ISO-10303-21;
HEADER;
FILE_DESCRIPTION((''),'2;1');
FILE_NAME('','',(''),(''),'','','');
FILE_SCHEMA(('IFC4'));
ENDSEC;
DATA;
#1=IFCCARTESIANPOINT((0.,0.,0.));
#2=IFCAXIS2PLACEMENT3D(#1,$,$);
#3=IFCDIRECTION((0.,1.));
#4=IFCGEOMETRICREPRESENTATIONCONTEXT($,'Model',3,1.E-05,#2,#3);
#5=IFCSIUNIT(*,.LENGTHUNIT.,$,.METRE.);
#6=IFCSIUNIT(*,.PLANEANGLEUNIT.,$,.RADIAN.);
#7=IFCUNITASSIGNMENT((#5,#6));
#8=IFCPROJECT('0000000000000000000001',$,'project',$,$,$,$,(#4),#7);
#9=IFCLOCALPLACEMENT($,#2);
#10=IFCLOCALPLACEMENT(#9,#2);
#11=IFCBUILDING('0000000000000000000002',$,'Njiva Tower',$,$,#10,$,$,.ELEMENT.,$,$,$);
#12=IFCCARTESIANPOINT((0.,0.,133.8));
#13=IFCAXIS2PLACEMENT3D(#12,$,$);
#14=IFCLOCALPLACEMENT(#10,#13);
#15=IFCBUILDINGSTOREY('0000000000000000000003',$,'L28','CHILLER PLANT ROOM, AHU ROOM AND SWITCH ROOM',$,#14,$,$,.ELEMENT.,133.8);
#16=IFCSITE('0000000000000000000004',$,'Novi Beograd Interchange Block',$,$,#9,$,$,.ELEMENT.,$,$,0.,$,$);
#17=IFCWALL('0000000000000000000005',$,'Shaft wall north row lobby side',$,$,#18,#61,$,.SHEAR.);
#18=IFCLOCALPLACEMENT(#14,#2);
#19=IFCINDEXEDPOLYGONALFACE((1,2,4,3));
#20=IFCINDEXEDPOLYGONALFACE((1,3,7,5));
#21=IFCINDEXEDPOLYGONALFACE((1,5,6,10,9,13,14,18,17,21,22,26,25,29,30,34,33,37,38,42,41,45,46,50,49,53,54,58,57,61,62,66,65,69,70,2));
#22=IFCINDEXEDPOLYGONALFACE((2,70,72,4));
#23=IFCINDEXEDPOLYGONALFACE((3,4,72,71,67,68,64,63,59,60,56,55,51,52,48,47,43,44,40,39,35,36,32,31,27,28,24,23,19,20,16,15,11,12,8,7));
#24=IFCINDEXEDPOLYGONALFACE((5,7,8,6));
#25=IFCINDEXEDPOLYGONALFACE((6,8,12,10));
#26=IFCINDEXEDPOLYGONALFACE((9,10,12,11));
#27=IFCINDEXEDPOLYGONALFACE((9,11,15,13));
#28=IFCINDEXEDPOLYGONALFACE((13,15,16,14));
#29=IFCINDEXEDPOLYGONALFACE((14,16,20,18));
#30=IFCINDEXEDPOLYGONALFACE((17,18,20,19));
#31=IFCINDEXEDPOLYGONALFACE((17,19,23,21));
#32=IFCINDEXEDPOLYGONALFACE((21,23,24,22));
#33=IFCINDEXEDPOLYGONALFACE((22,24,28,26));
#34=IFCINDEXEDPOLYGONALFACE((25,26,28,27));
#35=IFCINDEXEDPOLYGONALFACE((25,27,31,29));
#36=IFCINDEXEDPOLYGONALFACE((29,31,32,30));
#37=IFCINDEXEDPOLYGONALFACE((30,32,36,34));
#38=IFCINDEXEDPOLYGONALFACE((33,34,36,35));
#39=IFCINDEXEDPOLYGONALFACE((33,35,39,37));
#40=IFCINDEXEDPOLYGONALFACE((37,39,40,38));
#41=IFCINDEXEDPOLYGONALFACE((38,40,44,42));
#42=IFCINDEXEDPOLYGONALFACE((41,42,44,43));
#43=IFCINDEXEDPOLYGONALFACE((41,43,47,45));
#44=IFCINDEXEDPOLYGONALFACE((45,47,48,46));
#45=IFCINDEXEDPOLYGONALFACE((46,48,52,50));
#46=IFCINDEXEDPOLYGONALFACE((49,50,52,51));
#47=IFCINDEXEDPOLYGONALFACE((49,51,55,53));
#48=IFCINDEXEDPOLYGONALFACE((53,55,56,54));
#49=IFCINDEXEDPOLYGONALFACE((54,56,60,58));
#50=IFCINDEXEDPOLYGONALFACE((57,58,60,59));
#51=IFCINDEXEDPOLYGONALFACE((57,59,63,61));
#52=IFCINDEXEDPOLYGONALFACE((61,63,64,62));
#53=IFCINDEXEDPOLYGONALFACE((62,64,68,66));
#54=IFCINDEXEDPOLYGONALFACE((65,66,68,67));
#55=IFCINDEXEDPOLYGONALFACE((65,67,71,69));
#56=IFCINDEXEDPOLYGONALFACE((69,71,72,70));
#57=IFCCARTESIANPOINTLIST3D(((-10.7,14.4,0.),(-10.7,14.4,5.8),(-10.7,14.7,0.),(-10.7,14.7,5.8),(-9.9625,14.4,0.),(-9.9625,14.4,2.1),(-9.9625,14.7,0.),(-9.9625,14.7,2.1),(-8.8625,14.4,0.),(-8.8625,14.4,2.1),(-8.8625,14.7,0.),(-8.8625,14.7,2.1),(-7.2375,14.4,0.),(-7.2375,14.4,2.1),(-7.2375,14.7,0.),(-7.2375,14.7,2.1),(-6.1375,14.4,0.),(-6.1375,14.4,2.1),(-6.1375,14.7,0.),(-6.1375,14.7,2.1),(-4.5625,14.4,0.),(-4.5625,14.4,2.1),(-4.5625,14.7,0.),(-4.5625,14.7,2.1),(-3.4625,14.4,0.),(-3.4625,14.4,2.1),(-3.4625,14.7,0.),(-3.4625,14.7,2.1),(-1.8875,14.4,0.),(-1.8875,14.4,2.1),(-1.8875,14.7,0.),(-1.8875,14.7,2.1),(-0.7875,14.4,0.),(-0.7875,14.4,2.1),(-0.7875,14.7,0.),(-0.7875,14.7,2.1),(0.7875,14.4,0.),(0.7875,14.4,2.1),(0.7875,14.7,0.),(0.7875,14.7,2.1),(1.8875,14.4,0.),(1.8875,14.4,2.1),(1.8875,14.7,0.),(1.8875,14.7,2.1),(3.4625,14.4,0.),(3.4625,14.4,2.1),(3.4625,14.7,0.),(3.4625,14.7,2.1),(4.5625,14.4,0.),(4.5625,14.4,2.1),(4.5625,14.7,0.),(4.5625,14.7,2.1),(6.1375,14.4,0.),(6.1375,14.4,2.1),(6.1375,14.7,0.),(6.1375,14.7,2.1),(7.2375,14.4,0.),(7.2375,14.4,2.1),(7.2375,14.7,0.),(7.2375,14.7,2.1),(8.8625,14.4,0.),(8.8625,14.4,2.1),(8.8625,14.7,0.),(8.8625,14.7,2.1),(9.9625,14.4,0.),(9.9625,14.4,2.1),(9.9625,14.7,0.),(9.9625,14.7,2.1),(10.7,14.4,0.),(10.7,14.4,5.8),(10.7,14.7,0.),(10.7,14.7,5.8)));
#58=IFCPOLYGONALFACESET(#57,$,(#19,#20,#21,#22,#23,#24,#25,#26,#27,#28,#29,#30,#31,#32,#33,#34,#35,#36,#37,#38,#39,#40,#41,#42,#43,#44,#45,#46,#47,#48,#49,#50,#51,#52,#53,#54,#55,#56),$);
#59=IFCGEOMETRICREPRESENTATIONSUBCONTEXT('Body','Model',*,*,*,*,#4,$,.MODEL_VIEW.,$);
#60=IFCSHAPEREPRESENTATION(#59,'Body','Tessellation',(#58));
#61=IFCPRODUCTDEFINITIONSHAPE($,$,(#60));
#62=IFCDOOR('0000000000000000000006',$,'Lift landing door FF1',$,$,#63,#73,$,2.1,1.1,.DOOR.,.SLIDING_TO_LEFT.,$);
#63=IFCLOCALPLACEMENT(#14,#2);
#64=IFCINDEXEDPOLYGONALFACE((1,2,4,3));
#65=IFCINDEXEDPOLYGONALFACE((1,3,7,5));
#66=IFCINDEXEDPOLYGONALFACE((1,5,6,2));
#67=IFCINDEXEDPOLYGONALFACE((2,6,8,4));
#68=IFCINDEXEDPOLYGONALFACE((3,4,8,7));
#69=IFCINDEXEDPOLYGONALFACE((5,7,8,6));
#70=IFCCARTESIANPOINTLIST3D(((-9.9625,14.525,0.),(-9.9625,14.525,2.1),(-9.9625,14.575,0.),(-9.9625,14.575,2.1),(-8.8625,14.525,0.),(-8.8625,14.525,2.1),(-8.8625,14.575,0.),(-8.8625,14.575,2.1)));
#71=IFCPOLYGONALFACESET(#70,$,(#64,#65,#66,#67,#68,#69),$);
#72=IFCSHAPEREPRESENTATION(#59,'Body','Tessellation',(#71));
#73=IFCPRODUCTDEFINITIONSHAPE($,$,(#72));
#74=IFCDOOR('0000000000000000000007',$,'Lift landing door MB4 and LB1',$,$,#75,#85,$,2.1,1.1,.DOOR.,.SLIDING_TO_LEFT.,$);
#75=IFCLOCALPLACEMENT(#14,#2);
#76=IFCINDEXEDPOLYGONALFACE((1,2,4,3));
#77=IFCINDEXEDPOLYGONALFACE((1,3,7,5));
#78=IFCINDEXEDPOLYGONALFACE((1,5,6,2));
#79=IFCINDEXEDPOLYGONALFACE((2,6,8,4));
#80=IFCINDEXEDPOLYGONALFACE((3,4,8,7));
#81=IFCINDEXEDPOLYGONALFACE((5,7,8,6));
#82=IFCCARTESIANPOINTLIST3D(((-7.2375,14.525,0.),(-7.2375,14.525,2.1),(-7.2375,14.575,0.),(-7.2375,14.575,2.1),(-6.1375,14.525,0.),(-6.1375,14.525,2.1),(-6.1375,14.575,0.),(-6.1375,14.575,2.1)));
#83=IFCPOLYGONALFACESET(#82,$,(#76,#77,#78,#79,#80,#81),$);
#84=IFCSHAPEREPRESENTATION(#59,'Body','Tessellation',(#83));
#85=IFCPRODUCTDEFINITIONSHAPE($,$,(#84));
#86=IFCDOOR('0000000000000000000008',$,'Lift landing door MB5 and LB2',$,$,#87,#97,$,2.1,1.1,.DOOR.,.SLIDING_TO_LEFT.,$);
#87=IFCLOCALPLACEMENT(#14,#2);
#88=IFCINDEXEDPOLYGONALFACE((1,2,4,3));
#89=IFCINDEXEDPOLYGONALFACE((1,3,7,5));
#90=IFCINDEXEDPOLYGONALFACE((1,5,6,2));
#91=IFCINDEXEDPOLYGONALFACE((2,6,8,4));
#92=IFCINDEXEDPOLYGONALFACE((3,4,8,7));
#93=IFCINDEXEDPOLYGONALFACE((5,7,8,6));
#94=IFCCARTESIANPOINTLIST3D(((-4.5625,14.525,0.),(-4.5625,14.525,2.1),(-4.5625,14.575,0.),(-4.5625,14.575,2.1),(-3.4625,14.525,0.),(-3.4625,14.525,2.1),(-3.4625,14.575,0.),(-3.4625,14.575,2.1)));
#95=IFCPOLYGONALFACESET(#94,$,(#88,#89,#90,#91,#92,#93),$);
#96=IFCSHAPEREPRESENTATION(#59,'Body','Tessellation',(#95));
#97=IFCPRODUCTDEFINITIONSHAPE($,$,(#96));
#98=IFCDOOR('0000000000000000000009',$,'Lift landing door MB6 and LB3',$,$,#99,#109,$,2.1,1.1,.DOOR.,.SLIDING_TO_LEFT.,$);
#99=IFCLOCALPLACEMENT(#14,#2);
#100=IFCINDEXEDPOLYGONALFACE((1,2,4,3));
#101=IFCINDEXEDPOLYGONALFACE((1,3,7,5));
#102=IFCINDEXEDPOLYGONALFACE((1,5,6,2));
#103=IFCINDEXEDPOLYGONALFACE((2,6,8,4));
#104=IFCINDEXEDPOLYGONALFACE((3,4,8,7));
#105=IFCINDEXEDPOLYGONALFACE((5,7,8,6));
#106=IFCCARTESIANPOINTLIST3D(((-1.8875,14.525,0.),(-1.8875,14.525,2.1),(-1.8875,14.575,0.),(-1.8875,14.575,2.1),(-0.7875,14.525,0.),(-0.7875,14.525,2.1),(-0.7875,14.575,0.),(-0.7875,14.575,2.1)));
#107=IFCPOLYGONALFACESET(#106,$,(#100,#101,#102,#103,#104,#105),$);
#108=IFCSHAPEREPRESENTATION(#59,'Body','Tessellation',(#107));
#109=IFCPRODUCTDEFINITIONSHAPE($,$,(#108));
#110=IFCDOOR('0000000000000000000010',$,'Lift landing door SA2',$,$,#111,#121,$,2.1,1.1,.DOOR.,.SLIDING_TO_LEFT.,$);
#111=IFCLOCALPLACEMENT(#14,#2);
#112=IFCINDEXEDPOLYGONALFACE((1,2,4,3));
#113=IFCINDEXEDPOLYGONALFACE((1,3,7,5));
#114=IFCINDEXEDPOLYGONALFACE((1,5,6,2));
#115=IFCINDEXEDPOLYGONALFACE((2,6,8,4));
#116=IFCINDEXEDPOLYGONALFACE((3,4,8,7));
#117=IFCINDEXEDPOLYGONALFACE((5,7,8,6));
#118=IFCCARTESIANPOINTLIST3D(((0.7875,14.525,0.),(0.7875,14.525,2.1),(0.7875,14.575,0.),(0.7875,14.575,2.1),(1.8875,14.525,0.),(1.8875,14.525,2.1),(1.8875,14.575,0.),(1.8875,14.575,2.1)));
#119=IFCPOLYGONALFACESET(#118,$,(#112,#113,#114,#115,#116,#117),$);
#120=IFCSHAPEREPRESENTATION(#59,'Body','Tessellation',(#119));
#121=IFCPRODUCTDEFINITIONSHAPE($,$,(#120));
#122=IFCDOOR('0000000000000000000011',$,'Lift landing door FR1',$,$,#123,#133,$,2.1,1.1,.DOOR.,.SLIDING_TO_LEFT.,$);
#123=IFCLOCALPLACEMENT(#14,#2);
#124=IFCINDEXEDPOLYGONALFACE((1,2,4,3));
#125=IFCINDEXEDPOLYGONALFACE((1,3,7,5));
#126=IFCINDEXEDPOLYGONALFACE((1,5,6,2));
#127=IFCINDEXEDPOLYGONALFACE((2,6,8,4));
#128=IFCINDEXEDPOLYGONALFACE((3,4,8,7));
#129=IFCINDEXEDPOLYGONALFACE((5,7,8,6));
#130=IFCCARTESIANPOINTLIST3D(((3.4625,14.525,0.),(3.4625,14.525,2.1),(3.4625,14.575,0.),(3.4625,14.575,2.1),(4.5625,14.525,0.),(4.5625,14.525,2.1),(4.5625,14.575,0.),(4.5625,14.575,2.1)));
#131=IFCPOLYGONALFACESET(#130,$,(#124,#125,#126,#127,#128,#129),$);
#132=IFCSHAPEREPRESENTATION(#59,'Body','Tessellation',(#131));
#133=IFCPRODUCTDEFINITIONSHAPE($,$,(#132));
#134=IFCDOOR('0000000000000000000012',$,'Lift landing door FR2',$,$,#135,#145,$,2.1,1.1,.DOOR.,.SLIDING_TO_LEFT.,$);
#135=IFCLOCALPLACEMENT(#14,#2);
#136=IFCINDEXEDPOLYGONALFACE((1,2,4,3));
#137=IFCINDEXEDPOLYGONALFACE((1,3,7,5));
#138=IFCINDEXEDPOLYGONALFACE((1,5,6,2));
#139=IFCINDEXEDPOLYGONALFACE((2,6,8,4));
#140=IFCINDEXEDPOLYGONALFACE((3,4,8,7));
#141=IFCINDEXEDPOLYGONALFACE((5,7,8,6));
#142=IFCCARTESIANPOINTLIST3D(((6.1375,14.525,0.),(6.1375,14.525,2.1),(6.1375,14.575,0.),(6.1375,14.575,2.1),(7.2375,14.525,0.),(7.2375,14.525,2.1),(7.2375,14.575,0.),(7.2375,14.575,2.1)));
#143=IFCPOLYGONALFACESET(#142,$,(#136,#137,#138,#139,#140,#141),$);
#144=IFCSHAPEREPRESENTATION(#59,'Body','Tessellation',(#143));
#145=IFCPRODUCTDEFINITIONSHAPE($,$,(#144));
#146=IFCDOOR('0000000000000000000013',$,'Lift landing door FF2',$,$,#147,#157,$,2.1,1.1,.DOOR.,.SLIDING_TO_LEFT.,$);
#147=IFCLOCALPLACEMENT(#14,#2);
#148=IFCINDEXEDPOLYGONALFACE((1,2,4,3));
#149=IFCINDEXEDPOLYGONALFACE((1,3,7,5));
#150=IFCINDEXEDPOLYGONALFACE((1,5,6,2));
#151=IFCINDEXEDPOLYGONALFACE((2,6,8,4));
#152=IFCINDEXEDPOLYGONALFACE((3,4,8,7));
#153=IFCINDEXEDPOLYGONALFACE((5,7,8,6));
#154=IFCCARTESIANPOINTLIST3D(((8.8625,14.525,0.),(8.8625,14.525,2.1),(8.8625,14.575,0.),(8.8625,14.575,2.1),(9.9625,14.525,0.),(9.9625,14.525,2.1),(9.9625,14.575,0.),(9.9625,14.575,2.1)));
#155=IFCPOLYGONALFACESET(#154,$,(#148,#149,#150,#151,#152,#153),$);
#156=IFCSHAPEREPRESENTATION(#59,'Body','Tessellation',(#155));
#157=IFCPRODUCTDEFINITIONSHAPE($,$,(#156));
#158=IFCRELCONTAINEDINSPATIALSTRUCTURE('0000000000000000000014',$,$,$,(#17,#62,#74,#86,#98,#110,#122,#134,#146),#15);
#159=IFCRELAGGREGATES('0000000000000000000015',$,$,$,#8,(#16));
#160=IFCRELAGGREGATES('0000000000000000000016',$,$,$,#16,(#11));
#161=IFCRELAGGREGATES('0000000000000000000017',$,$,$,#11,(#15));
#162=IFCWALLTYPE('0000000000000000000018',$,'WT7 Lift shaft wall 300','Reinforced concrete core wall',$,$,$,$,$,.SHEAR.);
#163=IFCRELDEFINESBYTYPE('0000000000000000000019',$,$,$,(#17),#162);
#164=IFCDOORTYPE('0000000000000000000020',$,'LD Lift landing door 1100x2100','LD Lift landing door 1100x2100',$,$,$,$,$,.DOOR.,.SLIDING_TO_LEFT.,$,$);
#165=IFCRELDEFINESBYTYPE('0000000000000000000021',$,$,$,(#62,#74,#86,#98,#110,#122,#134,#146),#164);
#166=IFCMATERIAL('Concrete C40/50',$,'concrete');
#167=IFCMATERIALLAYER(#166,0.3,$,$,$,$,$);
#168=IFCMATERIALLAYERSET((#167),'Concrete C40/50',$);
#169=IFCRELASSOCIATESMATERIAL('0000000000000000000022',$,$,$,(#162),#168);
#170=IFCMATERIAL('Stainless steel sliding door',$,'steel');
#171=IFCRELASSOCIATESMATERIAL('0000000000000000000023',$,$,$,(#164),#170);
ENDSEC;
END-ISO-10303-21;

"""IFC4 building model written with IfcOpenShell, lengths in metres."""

from ifc_helpers import new_model, si_unit, direction, frame, frame_2d, origin, place, context, subcontext, project, spatial, rectangle, extrude, material, layer, layer_set, type_object, element, fill, save


model = new_model("IFC4")

# Units and contexts
model_context = context("Model", 3, precision=1e-05, world=origin(), true_north=direction((0.0, 1.0)))
body_context = subcontext(model_context, "Body", "Model", "MODEL_VIEW")
ifc_project = project(units=[si_unit("LENGTHUNIT", "METRE"), si_unit("PLANEANGLEUNIT", "RADIAN")], contexts=[model_context])

# Site, building, storey
site_placement = place(None, origin())
site = spatial("IfcSite", under=ifc_project, at=site_placement, Name="Novi Beograd Interchange Block", CompositionType="ELEMENT", RefElevation=0.0)
building_placement = place(site_placement, origin())
building = spatial("IfcBuilding", under=site, at=building_placement, Name="Njiva Tower", CompositionType="ELEMENT")
storey_placement = place(building_placement, frame((0.0, 0.0, 133.8)))
storey = spatial("IfcBuildingStorey", under=building, at=storey_placement, Name="L28", Description="CHILLER PLANT ROOM, AHU ROOM AND SWITCH ROOM", CompositionType="ELEMENT", Elevation=133.8)

# Wall, openings, doors
ifc_material_1 = material(Name="Concrete C40/50", Category="concrete")
ifc_layer_1 = layer(ifc_material_1, 0.3)
ifc_layer_set_1 = layer_set([ifc_layer_1], Name="Concrete C40/50")
wall_type_1 = type_object("IfcWallType", Name="WT7 Lift shaft wall 300", Description="Reinforced concrete core wall", PredefinedType="SHEAR", material=ifc_layer_set_1)
wall_1_placement = place(storey_placement, frame((-10.7, 14.55, 0.0), z_axis=(0.0, 0.0, 1.0), x_axis=(1.0, 0.0, 0.0)))
wall_1 = element("IfcWall", 1, at=wall_1_placement, inside=storey, type_object=wall_type_1, Name="Shaft wall north row lobby side", PredefinedType="SHEAR", context=body_context, shape_type="SweptSolid", body=[
    extrude(rectangle(XDim=21.4, YDim=0.3, at=frame_2d((10.7, 0.0))), origin(), (0.0, 0.0, 1.0), 5.8),
])
opening_1_placement = place(wall_1_placement, frame((0.7375, 0.0, 0.0)))
opening_1 = element("IfcOpeningElement", 2, at=opening_1_placement, cuts=wall_1, PredefinedType="OPENING", context=body_context, shape_type="SweptSolid", body=[
    extrude(rectangle(XDim=1.1, YDim=2.1, at=frame_2d((0.55, 1.05))), frame((0.0, 0.16, 0.0), z_axis=(0.0, -1.0, 0.0), x_axis=(1.0, 0.0, 0.0)), (0.0, 0.0, 1.0), 0.32),
])
opening_2_placement = place(wall_1_placement, frame((3.4625, 0.0, 0.0)))
opening_2 = element("IfcOpeningElement", 3, at=opening_2_placement, cuts=wall_1, PredefinedType="OPENING", context=body_context, shape_type="SweptSolid", body=[
    extrude(rectangle(XDim=1.1, YDim=2.1, at=frame_2d((0.55, 1.05))), frame((0.0, 0.16, 0.0), z_axis=(0.0, -1.0, 0.0), x_axis=(1.0, 0.0, 0.0)), (0.0, 0.0, 1.0), 0.32),
])
opening_3_placement = place(wall_1_placement, frame((6.1375, 0.0, 0.0)))
opening_3 = element("IfcOpeningElement", 4, at=opening_3_placement, cuts=wall_1, PredefinedType="OPENING", context=body_context, shape_type="SweptSolid", body=[
    extrude(rectangle(XDim=1.1, YDim=2.1, at=frame_2d((0.55, 1.05))), frame((0.0, 0.16, 0.0), z_axis=(0.0, -1.0, 0.0), x_axis=(1.0, 0.0, 0.0)), (0.0, 0.0, 1.0), 0.32),
])
opening_4_placement = place(wall_1_placement, frame((8.8125, 0.0, 0.0)))
opening_4 = element("IfcOpeningElement", 5, at=opening_4_placement, cuts=wall_1, PredefinedType="OPENING", context=body_context, shape_type="SweptSolid", body=[
    extrude(rectangle(XDim=1.1, YDim=2.1, at=frame_2d((0.55, 1.05))), frame((0.0, 0.16, 0.0), z_axis=(0.0, -1.0, 0.0), x_axis=(1.0, 0.0, 0.0)), (0.0, 0.0, 1.0), 0.32),
])
opening_5_placement = place(wall_1_placement, frame((11.4875, 0.0, 0.0)))
opening_5 = element("IfcOpeningElement", 6, at=opening_5_placement, cuts=wall_1, PredefinedType="OPENING", context=body_context, shape_type="SweptSolid", body=[
    extrude(rectangle(XDim=1.1, YDim=2.1, at=frame_2d((0.55, 1.05))), frame((0.0, 0.16, 0.0), z_axis=(0.0, -1.0, 0.0), x_axis=(1.0, 0.0, 0.0)), (0.0, 0.0, 1.0), 0.32),
])
opening_6_placement = place(wall_1_placement, frame((14.1625, 0.0, 0.0)))
opening_6 = element("IfcOpeningElement", 7, at=opening_6_placement, cuts=wall_1, PredefinedType="OPENING", context=body_context, shape_type="SweptSolid", body=[
    extrude(rectangle(XDim=1.1, YDim=2.1, at=frame_2d((0.55, 1.05))), frame((0.0, 0.16, 0.0), z_axis=(0.0, -1.0, 0.0), x_axis=(1.0, 0.0, 0.0)), (0.0, 0.0, 1.0), 0.32),
])
opening_7_placement = place(wall_1_placement, frame((16.8375, 0.0, 0.0)))
opening_7 = element("IfcOpeningElement", 8, at=opening_7_placement, cuts=wall_1, PredefinedType="OPENING", context=body_context, shape_type="SweptSolid", body=[
    extrude(rectangle(XDim=1.1, YDim=2.1, at=frame_2d((0.55, 1.05))), frame((0.0, 0.16, 0.0), z_axis=(0.0, -1.0, 0.0), x_axis=(1.0, 0.0, 0.0)), (0.0, 0.0, 1.0), 0.32),
])
opening_8_placement = place(wall_1_placement, frame((19.5625, 0.0, 0.0)))
opening_8 = element("IfcOpeningElement", 9, at=opening_8_placement, cuts=wall_1, PredefinedType="OPENING", context=body_context, shape_type="SweptSolid", body=[
    extrude(rectangle(XDim=1.1, YDim=2.1, at=frame_2d((0.55, 1.05))), frame((0.0, 0.16, 0.0), z_axis=(0.0, -1.0, 0.0), x_axis=(1.0, 0.0, 0.0)), (0.0, 0.0, 1.0), 0.32),
])
ifc_material_2 = material(Name="Stainless steel sliding door", Category="steel")
door_type_1 = type_object("IfcDoorType", Name="LD Lift landing door 1100x2100", Description="LD Lift landing door 1100x2100", OperationType="SLIDING_TO_LEFT", PredefinedType="DOOR", material=ifc_material_2)
door_1_placement = place(opening_1_placement, origin())
door_1 = element("IfcDoor", 10, at=door_1_placement, inside=storey, type_object=door_type_1, Name="Lift landing door FF1", OperationType="SLIDING_TO_LEFT", OverallHeight=2.1, OverallWidth=1.1, PredefinedType="DOOR", context=body_context, shape_type="SweptSolid", body=[
    extrude(rectangle(XDim=1.1, YDim=2.1, at=frame_2d((0.55, 1.05))), frame((0.0, 0.025, 0.0), z_axis=(0.0, -1.0, 0.0), x_axis=(1.0, 0.0, 0.0)), (0.0, 0.0, 1.0), 0.05),
])
fill(opening_1, door_1)
door_2_placement = place(opening_2_placement, origin())
door_2 = element("IfcDoor", 11, at=door_2_placement, inside=storey, type_object=door_type_1, Name="Lift landing door MB4 and LB1", OperationType="SLIDING_TO_LEFT", OverallHeight=2.1, OverallWidth=1.1, PredefinedType="DOOR", context=body_context, shape_type="SweptSolid", body=[
    extrude(rectangle(XDim=1.1, YDim=2.1, at=frame_2d((0.55, 1.05))), frame((0.0, 0.025, 0.0), z_axis=(0.0, -1.0, 0.0), x_axis=(1.0, 0.0, 0.0)), (0.0, 0.0, 1.0), 0.05),
])
fill(opening_2, door_2)
door_3_placement = place(opening_3_placement, origin())
door_3 = element("IfcDoor", 12, at=door_3_placement, inside=storey, type_object=door_type_1, Name="Lift landing door MB5 and LB2", OperationType="SLIDING_TO_LEFT", OverallHeight=2.1, OverallWidth=1.1, PredefinedType="DOOR", context=body_context, shape_type="SweptSolid", body=[
    extrude(rectangle(XDim=1.1, YDim=2.1, at=frame_2d((0.55, 1.05))), frame((0.0, 0.025, 0.0), z_axis=(0.0, -1.0, 0.0), x_axis=(1.0, 0.0, 0.0)), (0.0, 0.0, 1.0), 0.05),
])
fill(opening_3, door_3)
door_4_placement = place(opening_4_placement, origin())
door_4 = element("IfcDoor", 13, at=door_4_placement, inside=storey, type_object=door_type_1, Name="Lift landing door MB6 and LB3", OperationType="SLIDING_TO_LEFT", OverallHeight=2.1, OverallWidth=1.1, PredefinedType="DOOR", context=body_context, shape_type="SweptSolid", body=[
    extrude(rectangle(XDim=1.1, YDim=2.1, at=frame_2d((0.55, 1.05))), frame((0.0, 0.025, 0.0), z_axis=(0.0, -1.0, 0.0), x_axis=(1.0, 0.0, 0.0)), (0.0, 0.0, 1.0), 0.05),
])
fill(opening_4, door_4)
door_5_placement = place(opening_5_placement, origin())
door_5 = element("IfcDoor", 14, at=door_5_placement, inside=storey, type_object=door_type_1, Name="Lift landing door SA2", OperationType="SLIDING_TO_LEFT", OverallHeight=2.1, OverallWidth=1.1, PredefinedType="DOOR", context=body_context, shape_type="SweptSolid", body=[
    extrude(rectangle(XDim=1.1, YDim=2.1, at=frame_2d((0.55, 1.05))), frame((0.0, 0.025, 0.0), z_axis=(0.0, -1.0, 0.0), x_axis=(1.0, 0.0, 0.0)), (0.0, 0.0, 1.0), 0.05),
])
fill(opening_5, door_5)
door_6_placement = place(opening_6_placement, origin())
door_6 = element("IfcDoor", 15, at=door_6_placement, inside=storey, type_object=door_type_1, Name="Lift landing door FR1", OperationType="SLIDING_TO_LEFT", OverallHeight=2.1, OverallWidth=1.1, PredefinedType="DOOR", context=body_context, shape_type="SweptSolid", body=[
    extrude(rectangle(XDim=1.1, YDim=2.1, at=frame_2d((0.55, 1.05))), frame((0.0, 0.025, 0.0), z_axis=(0.0, -1.0, 0.0), x_axis=(1.0, 0.0, 0.0)), (0.0, 0.0, 1.0), 0.05),
])
fill(opening_6, door_6)
door_7_placement = place(opening_7_placement, origin())
door_7 = element("IfcDoor", 16, at=door_7_placement, inside=storey, type_object=door_type_1, Name="Lift landing door FR2", OperationType="SLIDING_TO_LEFT", OverallHeight=2.1, OverallWidth=1.1, PredefinedType="DOOR", context=body_context, shape_type="SweptSolid", body=[
    extrude(rectangle(XDim=1.1, YDim=2.1, at=frame_2d((0.55, 1.05))), frame((0.0, 0.025, 0.0), z_axis=(0.0, -1.0, 0.0), x_axis=(1.0, 0.0, 0.0)), (0.0, 0.0, 1.0), 0.05),
])
fill(opening_7, door_7)
door_8_placement = place(opening_8_placement, origin())
door_8 = element("IfcDoor", 17, at=door_8_placement, inside=storey, type_object=door_type_1, Name="Lift landing door FF2", OperationType="SLIDING_TO_LEFT", OverallHeight=2.1, OverallWidth=1.1, PredefinedType="DOOR", context=body_context, shape_type="SweptSolid", body=[
    extrude(rectangle(XDim=1.1, YDim=2.1, at=frame_2d((0.55, 1.05))), frame((0.0, 0.025, 0.0), z_axis=(0.0, -1.0, 0.0), x_axis=(1.0, 0.0, 0.0)), (0.0, 0.0, 1.0), 0.05),
])
fill(opening_8, door_8)

save(model, "model.ifc")
